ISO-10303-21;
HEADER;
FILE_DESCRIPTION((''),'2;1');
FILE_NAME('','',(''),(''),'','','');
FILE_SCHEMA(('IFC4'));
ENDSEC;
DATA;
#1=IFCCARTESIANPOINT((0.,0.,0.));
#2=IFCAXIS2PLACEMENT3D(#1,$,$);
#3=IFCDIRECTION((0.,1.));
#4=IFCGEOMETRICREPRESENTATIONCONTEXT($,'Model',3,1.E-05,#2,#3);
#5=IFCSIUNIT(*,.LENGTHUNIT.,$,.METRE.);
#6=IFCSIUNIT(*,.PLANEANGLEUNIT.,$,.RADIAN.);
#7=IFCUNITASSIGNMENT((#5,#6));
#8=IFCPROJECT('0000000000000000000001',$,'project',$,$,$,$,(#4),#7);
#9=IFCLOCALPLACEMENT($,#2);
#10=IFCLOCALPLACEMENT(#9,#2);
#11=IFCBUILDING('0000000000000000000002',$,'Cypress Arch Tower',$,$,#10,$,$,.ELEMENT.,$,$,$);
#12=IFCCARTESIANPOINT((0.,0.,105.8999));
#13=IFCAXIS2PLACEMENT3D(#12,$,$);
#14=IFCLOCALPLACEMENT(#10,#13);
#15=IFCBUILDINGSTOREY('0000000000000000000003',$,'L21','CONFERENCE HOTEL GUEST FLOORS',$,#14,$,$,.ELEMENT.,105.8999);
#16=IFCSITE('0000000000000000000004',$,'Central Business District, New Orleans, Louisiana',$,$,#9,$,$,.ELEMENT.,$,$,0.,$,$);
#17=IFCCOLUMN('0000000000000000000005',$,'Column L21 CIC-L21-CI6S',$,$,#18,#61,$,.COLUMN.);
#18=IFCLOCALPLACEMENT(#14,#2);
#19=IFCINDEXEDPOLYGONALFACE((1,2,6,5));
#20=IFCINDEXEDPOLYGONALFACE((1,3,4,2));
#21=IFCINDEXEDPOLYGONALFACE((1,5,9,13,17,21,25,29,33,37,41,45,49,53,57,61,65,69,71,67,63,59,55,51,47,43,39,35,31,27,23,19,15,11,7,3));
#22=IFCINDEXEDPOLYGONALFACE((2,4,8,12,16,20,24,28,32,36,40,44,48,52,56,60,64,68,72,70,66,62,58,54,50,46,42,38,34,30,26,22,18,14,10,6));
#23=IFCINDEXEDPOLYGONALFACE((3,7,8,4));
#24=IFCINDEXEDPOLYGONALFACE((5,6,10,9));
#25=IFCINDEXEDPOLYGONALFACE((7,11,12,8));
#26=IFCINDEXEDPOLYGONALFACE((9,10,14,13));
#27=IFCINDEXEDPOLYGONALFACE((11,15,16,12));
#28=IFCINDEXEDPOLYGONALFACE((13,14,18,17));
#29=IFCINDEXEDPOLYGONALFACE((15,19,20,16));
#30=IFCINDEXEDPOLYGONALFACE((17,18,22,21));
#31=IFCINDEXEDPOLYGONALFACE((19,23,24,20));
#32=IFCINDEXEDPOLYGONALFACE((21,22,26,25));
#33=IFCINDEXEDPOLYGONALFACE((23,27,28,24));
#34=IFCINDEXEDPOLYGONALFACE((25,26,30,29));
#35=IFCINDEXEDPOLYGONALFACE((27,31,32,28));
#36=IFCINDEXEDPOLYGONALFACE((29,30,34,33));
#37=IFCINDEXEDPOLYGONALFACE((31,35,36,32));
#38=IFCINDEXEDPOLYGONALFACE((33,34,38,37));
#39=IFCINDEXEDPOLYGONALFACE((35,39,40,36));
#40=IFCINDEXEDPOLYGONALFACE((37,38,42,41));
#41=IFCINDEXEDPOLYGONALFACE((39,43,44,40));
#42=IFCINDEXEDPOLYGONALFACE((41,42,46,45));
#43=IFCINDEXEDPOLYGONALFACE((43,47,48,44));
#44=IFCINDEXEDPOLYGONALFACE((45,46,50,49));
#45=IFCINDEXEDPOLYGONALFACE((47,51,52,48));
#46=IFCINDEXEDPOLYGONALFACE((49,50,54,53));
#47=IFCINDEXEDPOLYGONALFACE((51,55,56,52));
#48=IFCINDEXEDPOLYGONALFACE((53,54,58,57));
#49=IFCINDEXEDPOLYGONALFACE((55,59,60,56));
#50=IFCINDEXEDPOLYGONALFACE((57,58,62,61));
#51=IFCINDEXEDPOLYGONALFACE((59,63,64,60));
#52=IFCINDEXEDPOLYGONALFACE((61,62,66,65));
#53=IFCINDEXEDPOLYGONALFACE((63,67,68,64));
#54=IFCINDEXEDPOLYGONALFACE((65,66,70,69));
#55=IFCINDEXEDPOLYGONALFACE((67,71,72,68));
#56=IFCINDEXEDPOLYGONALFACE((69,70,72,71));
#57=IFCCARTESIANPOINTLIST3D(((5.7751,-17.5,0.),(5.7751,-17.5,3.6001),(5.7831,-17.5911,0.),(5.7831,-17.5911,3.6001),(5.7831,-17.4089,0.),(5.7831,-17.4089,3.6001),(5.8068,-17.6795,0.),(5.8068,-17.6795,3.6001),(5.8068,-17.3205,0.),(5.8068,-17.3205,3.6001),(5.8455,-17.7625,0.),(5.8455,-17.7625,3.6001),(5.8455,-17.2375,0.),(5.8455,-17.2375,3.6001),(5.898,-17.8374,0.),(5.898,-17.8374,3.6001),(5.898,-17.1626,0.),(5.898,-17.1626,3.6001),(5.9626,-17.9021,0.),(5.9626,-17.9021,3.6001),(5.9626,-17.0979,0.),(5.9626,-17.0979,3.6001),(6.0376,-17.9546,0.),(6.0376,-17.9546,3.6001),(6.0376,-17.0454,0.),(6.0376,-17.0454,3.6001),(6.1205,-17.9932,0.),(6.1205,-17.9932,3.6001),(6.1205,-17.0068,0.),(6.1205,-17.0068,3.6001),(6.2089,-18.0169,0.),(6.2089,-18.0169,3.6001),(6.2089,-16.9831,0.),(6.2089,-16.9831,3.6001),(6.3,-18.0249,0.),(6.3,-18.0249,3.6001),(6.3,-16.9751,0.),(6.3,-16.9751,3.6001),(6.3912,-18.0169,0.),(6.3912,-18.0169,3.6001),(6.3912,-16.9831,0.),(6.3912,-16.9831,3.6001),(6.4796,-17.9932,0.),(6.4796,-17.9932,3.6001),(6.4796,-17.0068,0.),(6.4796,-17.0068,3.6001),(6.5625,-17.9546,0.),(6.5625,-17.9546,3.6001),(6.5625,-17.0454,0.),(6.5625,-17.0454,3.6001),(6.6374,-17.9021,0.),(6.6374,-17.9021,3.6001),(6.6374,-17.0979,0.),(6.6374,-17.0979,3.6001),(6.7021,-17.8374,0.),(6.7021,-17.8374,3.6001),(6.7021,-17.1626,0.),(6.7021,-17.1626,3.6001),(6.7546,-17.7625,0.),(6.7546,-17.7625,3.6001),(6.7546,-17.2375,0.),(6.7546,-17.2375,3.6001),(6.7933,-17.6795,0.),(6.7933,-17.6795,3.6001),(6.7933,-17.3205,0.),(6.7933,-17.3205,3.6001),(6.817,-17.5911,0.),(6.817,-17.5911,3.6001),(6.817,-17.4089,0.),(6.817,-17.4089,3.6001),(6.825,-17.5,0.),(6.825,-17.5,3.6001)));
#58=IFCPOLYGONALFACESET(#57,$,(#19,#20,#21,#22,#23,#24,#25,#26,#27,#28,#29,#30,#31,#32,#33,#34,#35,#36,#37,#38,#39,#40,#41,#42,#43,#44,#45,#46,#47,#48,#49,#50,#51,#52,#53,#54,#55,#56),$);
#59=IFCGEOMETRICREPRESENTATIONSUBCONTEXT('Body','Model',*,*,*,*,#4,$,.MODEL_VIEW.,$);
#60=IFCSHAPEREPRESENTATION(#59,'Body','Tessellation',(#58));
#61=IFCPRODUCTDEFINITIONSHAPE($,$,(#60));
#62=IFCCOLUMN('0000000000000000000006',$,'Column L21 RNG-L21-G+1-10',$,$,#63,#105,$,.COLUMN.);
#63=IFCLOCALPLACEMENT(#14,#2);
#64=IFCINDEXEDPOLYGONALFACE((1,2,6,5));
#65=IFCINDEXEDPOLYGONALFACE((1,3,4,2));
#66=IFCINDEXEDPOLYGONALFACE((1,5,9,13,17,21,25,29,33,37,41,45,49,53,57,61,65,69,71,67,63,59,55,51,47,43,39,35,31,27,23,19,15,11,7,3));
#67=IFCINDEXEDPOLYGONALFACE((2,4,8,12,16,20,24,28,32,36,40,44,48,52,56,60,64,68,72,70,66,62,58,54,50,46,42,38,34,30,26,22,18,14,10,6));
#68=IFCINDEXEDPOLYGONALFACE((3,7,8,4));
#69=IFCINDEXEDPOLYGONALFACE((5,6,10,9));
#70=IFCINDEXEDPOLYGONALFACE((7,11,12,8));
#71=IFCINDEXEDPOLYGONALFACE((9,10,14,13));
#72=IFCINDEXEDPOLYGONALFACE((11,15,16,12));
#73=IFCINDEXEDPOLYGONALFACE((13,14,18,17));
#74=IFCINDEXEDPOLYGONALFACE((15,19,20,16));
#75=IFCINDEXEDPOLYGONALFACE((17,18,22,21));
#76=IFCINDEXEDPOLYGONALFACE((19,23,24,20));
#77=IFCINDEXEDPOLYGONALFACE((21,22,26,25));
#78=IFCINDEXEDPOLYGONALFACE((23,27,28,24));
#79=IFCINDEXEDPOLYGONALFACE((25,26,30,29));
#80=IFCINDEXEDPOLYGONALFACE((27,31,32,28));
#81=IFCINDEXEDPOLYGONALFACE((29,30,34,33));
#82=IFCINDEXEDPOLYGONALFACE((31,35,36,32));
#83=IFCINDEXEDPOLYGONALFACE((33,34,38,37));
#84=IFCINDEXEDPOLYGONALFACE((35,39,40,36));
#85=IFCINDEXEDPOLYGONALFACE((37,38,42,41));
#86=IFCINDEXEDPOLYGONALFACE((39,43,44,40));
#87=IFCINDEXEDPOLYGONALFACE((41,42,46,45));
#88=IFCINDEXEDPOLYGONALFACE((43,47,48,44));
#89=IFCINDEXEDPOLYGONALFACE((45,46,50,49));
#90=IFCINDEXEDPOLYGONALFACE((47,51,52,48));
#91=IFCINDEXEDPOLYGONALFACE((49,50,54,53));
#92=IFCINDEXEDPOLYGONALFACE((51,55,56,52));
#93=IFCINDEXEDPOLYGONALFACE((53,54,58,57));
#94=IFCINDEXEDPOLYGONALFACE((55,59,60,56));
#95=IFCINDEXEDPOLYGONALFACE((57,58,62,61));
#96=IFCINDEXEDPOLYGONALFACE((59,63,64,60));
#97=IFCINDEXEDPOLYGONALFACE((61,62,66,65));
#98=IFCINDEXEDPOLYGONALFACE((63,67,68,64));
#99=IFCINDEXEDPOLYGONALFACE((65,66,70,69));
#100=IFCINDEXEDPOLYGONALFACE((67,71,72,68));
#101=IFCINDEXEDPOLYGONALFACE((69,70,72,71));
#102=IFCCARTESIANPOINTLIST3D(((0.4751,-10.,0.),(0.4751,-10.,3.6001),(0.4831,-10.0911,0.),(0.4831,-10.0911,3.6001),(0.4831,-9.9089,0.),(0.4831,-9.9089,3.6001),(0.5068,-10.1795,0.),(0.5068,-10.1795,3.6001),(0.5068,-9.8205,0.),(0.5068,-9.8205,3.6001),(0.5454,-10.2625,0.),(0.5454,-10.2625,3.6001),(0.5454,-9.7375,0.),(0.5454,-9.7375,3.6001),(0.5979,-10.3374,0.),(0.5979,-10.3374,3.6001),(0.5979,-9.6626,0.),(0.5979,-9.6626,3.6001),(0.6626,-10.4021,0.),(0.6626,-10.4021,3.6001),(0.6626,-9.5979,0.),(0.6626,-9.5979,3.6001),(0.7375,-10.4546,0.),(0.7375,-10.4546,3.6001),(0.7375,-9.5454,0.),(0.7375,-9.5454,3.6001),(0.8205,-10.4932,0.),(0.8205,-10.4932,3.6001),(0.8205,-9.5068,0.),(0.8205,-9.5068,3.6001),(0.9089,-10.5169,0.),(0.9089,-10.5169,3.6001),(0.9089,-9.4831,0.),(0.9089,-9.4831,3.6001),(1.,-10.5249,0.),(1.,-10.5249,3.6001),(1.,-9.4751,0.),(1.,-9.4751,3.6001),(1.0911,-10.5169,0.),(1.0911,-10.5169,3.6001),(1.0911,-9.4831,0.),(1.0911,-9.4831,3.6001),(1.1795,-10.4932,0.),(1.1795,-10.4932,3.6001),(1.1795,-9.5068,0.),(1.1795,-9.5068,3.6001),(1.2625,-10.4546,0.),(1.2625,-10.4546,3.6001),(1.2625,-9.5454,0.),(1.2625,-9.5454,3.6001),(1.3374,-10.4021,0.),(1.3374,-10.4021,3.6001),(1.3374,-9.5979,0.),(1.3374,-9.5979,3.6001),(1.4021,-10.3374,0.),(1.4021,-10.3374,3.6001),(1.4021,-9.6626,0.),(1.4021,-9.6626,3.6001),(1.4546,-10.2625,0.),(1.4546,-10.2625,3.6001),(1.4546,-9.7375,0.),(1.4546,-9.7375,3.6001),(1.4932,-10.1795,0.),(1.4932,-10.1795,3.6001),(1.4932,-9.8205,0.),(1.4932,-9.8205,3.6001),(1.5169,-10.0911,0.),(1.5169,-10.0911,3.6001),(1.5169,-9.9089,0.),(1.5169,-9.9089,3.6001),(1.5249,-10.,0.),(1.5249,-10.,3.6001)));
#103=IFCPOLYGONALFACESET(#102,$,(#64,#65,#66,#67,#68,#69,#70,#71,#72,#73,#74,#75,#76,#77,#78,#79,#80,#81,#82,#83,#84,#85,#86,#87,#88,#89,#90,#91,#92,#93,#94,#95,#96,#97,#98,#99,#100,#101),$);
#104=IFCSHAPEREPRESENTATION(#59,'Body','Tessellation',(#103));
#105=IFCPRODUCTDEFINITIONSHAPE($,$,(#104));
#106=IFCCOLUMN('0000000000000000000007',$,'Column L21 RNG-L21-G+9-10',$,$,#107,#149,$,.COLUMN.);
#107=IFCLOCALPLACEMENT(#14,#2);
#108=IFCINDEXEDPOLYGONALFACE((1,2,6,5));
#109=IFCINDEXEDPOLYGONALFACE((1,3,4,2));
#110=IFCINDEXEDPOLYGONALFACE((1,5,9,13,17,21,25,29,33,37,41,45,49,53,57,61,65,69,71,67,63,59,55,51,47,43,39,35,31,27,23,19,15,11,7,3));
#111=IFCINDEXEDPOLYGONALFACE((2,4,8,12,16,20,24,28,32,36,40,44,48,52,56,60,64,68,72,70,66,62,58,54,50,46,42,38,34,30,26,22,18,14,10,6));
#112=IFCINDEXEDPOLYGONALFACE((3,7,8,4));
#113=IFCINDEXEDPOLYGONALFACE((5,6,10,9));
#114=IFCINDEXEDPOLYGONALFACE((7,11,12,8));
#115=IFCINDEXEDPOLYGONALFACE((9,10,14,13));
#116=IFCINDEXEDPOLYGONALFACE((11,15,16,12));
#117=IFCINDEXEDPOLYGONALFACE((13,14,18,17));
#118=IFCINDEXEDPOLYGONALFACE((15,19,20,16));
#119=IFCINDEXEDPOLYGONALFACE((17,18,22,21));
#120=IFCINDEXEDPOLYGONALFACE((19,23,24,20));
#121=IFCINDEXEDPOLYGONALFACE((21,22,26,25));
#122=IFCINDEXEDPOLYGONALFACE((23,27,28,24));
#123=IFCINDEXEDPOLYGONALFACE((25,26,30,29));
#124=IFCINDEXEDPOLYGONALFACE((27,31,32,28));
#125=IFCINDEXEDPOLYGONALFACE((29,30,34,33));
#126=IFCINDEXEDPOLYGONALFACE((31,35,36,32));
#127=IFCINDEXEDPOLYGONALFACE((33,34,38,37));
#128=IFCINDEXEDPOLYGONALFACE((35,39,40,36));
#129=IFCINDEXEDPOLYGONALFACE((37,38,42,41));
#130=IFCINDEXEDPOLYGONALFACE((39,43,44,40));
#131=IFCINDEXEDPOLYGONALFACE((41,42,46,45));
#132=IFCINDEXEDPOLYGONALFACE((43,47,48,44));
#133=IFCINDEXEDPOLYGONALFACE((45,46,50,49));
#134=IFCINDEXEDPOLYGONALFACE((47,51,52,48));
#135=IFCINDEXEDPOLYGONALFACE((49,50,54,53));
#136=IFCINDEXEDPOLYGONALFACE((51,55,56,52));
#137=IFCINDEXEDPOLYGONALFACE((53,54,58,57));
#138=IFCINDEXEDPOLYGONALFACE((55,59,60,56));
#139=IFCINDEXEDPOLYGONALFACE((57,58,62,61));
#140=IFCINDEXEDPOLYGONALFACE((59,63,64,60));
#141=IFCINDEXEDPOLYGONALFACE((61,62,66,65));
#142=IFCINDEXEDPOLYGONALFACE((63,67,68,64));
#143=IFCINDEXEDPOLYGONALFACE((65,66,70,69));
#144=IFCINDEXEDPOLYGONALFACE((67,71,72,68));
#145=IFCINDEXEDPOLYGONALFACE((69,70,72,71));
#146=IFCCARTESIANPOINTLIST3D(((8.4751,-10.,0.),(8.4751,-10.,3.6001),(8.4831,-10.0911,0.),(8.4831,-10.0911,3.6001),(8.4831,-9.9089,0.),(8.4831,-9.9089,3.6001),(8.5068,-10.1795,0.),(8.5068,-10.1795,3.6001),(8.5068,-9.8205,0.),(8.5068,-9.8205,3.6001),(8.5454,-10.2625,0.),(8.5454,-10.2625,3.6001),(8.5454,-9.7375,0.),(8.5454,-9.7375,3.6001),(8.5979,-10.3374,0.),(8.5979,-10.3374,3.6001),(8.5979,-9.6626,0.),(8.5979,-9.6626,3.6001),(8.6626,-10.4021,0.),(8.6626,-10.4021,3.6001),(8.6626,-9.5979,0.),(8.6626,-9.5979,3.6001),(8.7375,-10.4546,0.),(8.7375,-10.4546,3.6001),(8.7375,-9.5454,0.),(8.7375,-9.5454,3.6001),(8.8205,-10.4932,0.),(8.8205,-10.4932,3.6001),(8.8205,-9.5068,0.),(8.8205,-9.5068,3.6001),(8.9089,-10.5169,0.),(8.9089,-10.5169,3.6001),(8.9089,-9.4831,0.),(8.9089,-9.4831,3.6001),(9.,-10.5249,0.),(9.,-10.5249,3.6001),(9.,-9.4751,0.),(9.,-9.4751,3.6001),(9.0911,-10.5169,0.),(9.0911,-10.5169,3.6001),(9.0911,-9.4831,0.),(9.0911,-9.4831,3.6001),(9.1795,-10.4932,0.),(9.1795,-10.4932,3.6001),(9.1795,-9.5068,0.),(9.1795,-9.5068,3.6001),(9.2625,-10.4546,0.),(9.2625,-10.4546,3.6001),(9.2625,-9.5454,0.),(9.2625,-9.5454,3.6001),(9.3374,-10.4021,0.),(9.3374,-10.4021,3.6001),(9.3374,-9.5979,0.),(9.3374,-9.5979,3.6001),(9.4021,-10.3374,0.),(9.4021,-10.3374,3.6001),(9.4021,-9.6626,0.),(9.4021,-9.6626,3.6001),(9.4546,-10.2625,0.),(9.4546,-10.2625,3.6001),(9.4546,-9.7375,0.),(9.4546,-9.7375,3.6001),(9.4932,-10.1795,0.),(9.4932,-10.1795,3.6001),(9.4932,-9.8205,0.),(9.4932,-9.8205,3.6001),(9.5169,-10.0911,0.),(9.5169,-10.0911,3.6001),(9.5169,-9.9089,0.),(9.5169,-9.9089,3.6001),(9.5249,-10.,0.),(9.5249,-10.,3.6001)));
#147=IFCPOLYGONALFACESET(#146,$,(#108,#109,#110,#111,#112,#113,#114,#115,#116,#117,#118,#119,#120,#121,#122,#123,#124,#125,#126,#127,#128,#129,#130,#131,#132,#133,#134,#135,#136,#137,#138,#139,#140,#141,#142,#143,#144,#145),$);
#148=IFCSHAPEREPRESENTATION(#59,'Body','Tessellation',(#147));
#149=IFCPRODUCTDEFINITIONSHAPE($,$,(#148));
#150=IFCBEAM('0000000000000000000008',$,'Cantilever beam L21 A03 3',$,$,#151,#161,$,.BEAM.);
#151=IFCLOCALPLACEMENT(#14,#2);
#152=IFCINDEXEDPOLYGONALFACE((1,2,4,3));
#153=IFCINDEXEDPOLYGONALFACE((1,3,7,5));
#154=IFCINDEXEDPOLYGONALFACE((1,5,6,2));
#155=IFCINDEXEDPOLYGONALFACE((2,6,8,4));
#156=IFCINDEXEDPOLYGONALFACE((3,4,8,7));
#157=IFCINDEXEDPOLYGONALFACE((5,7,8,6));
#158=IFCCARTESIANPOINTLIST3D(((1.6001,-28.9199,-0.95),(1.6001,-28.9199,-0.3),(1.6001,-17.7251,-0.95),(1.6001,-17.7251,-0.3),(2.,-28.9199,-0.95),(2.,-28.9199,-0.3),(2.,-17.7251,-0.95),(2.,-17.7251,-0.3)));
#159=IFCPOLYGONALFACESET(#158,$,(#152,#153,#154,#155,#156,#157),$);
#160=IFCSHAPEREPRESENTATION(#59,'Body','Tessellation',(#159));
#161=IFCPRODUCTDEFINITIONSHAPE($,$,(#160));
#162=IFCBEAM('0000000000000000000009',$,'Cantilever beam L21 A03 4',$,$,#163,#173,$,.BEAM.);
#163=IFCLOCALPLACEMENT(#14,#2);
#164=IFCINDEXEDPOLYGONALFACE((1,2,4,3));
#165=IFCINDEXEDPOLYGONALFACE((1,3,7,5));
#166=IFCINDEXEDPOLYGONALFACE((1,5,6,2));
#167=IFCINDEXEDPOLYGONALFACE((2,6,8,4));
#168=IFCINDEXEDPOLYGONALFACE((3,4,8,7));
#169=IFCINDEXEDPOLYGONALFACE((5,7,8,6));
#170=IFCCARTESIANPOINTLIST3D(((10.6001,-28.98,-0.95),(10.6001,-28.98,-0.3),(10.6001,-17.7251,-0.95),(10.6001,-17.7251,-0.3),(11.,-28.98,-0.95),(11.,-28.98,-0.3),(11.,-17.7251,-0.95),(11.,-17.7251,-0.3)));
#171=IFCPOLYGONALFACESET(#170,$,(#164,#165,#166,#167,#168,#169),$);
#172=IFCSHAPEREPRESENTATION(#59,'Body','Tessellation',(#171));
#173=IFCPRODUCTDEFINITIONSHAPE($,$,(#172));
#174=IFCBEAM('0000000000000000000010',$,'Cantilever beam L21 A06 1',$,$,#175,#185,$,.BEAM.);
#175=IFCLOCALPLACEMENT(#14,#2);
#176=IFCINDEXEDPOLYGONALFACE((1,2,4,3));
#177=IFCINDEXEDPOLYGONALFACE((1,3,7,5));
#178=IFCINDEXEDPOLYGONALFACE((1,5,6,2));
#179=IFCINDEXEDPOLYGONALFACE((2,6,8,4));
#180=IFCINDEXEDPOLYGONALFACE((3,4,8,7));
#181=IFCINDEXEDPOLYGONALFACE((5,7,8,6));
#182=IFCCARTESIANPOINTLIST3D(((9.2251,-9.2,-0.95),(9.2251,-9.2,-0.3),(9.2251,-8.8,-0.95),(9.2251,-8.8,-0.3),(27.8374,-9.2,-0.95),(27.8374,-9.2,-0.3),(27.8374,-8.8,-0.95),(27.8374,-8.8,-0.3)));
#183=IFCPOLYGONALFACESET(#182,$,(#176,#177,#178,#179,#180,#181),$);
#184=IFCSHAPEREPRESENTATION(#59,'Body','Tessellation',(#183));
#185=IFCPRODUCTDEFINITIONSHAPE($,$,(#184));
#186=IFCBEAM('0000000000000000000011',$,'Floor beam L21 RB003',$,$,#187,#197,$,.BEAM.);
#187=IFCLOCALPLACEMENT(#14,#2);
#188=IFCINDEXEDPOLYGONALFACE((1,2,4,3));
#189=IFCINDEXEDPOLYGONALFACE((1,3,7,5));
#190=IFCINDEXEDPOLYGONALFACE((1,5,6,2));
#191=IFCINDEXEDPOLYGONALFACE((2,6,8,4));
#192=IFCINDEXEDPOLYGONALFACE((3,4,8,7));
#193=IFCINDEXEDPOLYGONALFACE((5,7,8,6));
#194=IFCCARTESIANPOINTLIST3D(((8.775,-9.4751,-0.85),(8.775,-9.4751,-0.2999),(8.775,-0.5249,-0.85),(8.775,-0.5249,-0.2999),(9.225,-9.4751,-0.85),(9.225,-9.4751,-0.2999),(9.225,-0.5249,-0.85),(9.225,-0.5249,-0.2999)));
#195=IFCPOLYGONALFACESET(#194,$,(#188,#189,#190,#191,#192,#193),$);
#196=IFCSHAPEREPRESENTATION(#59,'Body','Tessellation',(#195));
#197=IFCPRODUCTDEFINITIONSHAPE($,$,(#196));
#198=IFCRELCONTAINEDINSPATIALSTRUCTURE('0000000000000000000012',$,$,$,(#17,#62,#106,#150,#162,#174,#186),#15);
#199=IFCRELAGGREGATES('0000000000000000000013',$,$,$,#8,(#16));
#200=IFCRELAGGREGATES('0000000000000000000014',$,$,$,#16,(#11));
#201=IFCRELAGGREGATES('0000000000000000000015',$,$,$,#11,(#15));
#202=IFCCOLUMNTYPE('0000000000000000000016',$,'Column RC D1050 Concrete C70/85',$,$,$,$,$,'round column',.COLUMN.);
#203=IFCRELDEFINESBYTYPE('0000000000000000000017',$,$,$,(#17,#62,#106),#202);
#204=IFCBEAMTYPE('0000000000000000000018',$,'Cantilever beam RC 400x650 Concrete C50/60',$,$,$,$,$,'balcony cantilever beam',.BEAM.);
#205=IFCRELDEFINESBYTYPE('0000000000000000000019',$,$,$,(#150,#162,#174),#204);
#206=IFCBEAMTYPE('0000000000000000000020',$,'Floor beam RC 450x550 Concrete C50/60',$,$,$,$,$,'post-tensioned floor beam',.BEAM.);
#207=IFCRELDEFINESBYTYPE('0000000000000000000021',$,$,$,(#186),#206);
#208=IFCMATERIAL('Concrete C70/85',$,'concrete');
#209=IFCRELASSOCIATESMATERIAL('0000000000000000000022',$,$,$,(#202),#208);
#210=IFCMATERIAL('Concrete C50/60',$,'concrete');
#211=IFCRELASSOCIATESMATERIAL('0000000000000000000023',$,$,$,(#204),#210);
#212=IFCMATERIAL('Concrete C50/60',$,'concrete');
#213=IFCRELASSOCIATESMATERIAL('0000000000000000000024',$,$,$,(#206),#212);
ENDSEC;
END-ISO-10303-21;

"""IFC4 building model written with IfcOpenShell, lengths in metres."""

from ifc_helpers import new_model, si_unit, direction, frame, origin, origin_2d, place, context, subcontext, project, spatial, rectangle, circle, extrude, material, material_profile, profile_set, type_object, element, save


model = new_model("IFC4")

# Units and contexts
model_context = context("Model", 3, precision=1e-05, world=origin(), true_north=direction((0.0, 1.0)))
body_context = subcontext(model_context, "Body", "Model", "MODEL_VIEW")
ifc_project = project(units=[si_unit("LENGTHUNIT", "METRE"), si_unit("PLANEANGLEUNIT", "RADIAN")], contexts=[model_context])

# Site, building, storey
site_placement = place(None, origin())
site = spatial("IfcSite", under=ifc_project, at=site_placement, Name="Central Business District, New Orleans, Louisiana", CompositionType="ELEMENT", RefElevation=0.0)
building_placement = place(site_placement, origin())
building = spatial("IfcBuilding", under=site, at=building_placement, Name="Cypress Arch Tower", CompositionType="ELEMENT")
storey_placement = place(building_placement, frame((0.0, 0.0, 105.8999)))
storey = spatial("IfcBuildingStorey", under=building, at=storey_placement, Name="L21", Description="CONFERENCE HOTEL GUEST FLOORS", CompositionType="ELEMENT", Elevation=105.8999)

# Columns
ifc_material_1 = material(Name="Concrete C70/85", Category="concrete")
ifc_material_profile_1 = material_profile(ifc_material_1, circle(Radius=0.5249, at=origin_2d()), Name="RC D1050")
ifc_profile_set_1 = profile_set([ifc_material_profile_1], Name="Concrete C70/85")
column_type = type_object("IfcColumnType", Name="Column RC D1050 Concrete C70/85", ElementType="round column", PredefinedType="COLUMN", material=ifc_profile_set_1)
for number, where, z_axis, x_axis, name in (
    (1, (6.3, -17.5, 0.0), (0.0, 0.0, 1.0), (1.0, 0.0, 0.0), "Column L21 CIC-L21-CI6S"),
    (2, (1.0, -10.0, 0.0), (0.0, 0.0, 1.0), (1.0, 0.0, 0.0), "Column L21 RNG-L21-G+1-10"),
    (3, (9.0, -10.0, 0.0), (0.0, 0.0, 1.0), (1.0, 0.0, 0.0), "Column L21 RNG-L21-G+9-10"),
):
    element("IfcColumn", number, at=place(storey_placement, frame(where, z_axis=z_axis, x_axis=x_axis)), inside=storey, type_object=column_type, Name=name, PredefinedType="COLUMN", context=body_context, shape_type="SweptSolid", body=[
        extrude(circle(Radius=0.5249, at=origin_2d()), origin(), (0.0, 0.0, 1.0), 3.6001),
    ])

# Beams
ifc_material_2 = material(Name="Concrete C50/60", Category="concrete")
ifc_material_profile_2 = material_profile(ifc_material_2, rectangle(XDim=0.3999, YDim=0.6499, at=origin_2d()), Name="RC 400x650")
ifc_profile_set_2 = profile_set([ifc_material_profile_2], Name="Concrete C50/60")
beam_type_1 = type_object("IfcBeamType", Name="Cantilever beam RC 400x650 Concrete C50/60", ElementType="balcony cantilever beam", PredefinedType="BEAM", material=ifc_profile_set_2)
beam_1_placement = place(storey_placement, frame((1.8, -17.7251, -0.625), z_axis=(0.0, -1.0, 0.0), x_axis=(1.0, 0.0, 0.0)))
element("IfcBeam", 4, at=beam_1_placement, inside=storey, type_object=beam_type_1, Name="Cantilever beam L21 A03 3", PredefinedType="BEAM", context=body_context, shape_type="SweptSolid", body=[
    extrude(rectangle(XDim=0.3999, YDim=0.6499, at=origin_2d()), origin(), (0.0, 0.0, 1.0), 11.1948),
])
beam_2_placement = place(storey_placement, frame((10.8, -17.7251, -0.625), z_axis=(0.0, -1.0, 0.0), x_axis=(1.0, 0.0, 0.0)))
element("IfcBeam", 5, at=beam_2_placement, inside=storey, type_object=beam_type_1, Name="Cantilever beam L21 A03 4", PredefinedType="BEAM", context=body_context, shape_type="SweptSolid", body=[
    extrude(rectangle(XDim=0.3999, YDim=0.6499, at=origin_2d()), origin(), (0.0, 0.0, 1.0), 11.2549),
])
beam_3_placement = place(storey_placement, frame((9.2251, -9.0, -0.625), z_axis=(1.0, 0.0, 0.0), x_axis=(0.0, 1.0, 0.0)))
element("IfcBeam", 6, at=beam_3_placement, inside=storey, type_object=beam_type_1, Name="Cantilever beam L21 A06 1", PredefinedType="BEAM", context=body_context, shape_type="SweptSolid", body=[
    extrude(rectangle(XDim=0.3999, YDim=0.6499, at=origin_2d()), origin(), (0.0, 0.0, 1.0), 18.6123),
])
ifc_material_3 = material(Name="Concrete C50/60", Category="concrete")
ifc_material_profile_3 = material_profile(ifc_material_3, rectangle(XDim=0.45, YDim=0.55, at=origin_2d()), Name="RC 450x550")
ifc_profile_set_3 = profile_set([ifc_material_profile_3], Name="Concrete C50/60")
beam_type_2 = type_object("IfcBeamType", Name="Floor beam RC 450x550 Concrete C50/60", ElementType="post-tensioned floor beam", PredefinedType="BEAM", material=ifc_profile_set_3)
beam_4_placement = place(storey_placement, frame((9.0, -9.4751, -0.575), z_axis=(0.0, 1.0, 0.0), x_axis=(-1.0, 0.0, 0.0)))
element("IfcBeam", 7, at=beam_4_placement, inside=storey, type_object=beam_type_2, Name="Floor beam L21 RB003", PredefinedType="BEAM", context=body_context, shape_type="SweptSolid", body=[
    extrude(rectangle(XDim=0.45, YDim=0.55, at=origin_2d()), origin(), (0.0, 0.0, 1.0), 8.9502),
])

save(model, "model.ifc")
